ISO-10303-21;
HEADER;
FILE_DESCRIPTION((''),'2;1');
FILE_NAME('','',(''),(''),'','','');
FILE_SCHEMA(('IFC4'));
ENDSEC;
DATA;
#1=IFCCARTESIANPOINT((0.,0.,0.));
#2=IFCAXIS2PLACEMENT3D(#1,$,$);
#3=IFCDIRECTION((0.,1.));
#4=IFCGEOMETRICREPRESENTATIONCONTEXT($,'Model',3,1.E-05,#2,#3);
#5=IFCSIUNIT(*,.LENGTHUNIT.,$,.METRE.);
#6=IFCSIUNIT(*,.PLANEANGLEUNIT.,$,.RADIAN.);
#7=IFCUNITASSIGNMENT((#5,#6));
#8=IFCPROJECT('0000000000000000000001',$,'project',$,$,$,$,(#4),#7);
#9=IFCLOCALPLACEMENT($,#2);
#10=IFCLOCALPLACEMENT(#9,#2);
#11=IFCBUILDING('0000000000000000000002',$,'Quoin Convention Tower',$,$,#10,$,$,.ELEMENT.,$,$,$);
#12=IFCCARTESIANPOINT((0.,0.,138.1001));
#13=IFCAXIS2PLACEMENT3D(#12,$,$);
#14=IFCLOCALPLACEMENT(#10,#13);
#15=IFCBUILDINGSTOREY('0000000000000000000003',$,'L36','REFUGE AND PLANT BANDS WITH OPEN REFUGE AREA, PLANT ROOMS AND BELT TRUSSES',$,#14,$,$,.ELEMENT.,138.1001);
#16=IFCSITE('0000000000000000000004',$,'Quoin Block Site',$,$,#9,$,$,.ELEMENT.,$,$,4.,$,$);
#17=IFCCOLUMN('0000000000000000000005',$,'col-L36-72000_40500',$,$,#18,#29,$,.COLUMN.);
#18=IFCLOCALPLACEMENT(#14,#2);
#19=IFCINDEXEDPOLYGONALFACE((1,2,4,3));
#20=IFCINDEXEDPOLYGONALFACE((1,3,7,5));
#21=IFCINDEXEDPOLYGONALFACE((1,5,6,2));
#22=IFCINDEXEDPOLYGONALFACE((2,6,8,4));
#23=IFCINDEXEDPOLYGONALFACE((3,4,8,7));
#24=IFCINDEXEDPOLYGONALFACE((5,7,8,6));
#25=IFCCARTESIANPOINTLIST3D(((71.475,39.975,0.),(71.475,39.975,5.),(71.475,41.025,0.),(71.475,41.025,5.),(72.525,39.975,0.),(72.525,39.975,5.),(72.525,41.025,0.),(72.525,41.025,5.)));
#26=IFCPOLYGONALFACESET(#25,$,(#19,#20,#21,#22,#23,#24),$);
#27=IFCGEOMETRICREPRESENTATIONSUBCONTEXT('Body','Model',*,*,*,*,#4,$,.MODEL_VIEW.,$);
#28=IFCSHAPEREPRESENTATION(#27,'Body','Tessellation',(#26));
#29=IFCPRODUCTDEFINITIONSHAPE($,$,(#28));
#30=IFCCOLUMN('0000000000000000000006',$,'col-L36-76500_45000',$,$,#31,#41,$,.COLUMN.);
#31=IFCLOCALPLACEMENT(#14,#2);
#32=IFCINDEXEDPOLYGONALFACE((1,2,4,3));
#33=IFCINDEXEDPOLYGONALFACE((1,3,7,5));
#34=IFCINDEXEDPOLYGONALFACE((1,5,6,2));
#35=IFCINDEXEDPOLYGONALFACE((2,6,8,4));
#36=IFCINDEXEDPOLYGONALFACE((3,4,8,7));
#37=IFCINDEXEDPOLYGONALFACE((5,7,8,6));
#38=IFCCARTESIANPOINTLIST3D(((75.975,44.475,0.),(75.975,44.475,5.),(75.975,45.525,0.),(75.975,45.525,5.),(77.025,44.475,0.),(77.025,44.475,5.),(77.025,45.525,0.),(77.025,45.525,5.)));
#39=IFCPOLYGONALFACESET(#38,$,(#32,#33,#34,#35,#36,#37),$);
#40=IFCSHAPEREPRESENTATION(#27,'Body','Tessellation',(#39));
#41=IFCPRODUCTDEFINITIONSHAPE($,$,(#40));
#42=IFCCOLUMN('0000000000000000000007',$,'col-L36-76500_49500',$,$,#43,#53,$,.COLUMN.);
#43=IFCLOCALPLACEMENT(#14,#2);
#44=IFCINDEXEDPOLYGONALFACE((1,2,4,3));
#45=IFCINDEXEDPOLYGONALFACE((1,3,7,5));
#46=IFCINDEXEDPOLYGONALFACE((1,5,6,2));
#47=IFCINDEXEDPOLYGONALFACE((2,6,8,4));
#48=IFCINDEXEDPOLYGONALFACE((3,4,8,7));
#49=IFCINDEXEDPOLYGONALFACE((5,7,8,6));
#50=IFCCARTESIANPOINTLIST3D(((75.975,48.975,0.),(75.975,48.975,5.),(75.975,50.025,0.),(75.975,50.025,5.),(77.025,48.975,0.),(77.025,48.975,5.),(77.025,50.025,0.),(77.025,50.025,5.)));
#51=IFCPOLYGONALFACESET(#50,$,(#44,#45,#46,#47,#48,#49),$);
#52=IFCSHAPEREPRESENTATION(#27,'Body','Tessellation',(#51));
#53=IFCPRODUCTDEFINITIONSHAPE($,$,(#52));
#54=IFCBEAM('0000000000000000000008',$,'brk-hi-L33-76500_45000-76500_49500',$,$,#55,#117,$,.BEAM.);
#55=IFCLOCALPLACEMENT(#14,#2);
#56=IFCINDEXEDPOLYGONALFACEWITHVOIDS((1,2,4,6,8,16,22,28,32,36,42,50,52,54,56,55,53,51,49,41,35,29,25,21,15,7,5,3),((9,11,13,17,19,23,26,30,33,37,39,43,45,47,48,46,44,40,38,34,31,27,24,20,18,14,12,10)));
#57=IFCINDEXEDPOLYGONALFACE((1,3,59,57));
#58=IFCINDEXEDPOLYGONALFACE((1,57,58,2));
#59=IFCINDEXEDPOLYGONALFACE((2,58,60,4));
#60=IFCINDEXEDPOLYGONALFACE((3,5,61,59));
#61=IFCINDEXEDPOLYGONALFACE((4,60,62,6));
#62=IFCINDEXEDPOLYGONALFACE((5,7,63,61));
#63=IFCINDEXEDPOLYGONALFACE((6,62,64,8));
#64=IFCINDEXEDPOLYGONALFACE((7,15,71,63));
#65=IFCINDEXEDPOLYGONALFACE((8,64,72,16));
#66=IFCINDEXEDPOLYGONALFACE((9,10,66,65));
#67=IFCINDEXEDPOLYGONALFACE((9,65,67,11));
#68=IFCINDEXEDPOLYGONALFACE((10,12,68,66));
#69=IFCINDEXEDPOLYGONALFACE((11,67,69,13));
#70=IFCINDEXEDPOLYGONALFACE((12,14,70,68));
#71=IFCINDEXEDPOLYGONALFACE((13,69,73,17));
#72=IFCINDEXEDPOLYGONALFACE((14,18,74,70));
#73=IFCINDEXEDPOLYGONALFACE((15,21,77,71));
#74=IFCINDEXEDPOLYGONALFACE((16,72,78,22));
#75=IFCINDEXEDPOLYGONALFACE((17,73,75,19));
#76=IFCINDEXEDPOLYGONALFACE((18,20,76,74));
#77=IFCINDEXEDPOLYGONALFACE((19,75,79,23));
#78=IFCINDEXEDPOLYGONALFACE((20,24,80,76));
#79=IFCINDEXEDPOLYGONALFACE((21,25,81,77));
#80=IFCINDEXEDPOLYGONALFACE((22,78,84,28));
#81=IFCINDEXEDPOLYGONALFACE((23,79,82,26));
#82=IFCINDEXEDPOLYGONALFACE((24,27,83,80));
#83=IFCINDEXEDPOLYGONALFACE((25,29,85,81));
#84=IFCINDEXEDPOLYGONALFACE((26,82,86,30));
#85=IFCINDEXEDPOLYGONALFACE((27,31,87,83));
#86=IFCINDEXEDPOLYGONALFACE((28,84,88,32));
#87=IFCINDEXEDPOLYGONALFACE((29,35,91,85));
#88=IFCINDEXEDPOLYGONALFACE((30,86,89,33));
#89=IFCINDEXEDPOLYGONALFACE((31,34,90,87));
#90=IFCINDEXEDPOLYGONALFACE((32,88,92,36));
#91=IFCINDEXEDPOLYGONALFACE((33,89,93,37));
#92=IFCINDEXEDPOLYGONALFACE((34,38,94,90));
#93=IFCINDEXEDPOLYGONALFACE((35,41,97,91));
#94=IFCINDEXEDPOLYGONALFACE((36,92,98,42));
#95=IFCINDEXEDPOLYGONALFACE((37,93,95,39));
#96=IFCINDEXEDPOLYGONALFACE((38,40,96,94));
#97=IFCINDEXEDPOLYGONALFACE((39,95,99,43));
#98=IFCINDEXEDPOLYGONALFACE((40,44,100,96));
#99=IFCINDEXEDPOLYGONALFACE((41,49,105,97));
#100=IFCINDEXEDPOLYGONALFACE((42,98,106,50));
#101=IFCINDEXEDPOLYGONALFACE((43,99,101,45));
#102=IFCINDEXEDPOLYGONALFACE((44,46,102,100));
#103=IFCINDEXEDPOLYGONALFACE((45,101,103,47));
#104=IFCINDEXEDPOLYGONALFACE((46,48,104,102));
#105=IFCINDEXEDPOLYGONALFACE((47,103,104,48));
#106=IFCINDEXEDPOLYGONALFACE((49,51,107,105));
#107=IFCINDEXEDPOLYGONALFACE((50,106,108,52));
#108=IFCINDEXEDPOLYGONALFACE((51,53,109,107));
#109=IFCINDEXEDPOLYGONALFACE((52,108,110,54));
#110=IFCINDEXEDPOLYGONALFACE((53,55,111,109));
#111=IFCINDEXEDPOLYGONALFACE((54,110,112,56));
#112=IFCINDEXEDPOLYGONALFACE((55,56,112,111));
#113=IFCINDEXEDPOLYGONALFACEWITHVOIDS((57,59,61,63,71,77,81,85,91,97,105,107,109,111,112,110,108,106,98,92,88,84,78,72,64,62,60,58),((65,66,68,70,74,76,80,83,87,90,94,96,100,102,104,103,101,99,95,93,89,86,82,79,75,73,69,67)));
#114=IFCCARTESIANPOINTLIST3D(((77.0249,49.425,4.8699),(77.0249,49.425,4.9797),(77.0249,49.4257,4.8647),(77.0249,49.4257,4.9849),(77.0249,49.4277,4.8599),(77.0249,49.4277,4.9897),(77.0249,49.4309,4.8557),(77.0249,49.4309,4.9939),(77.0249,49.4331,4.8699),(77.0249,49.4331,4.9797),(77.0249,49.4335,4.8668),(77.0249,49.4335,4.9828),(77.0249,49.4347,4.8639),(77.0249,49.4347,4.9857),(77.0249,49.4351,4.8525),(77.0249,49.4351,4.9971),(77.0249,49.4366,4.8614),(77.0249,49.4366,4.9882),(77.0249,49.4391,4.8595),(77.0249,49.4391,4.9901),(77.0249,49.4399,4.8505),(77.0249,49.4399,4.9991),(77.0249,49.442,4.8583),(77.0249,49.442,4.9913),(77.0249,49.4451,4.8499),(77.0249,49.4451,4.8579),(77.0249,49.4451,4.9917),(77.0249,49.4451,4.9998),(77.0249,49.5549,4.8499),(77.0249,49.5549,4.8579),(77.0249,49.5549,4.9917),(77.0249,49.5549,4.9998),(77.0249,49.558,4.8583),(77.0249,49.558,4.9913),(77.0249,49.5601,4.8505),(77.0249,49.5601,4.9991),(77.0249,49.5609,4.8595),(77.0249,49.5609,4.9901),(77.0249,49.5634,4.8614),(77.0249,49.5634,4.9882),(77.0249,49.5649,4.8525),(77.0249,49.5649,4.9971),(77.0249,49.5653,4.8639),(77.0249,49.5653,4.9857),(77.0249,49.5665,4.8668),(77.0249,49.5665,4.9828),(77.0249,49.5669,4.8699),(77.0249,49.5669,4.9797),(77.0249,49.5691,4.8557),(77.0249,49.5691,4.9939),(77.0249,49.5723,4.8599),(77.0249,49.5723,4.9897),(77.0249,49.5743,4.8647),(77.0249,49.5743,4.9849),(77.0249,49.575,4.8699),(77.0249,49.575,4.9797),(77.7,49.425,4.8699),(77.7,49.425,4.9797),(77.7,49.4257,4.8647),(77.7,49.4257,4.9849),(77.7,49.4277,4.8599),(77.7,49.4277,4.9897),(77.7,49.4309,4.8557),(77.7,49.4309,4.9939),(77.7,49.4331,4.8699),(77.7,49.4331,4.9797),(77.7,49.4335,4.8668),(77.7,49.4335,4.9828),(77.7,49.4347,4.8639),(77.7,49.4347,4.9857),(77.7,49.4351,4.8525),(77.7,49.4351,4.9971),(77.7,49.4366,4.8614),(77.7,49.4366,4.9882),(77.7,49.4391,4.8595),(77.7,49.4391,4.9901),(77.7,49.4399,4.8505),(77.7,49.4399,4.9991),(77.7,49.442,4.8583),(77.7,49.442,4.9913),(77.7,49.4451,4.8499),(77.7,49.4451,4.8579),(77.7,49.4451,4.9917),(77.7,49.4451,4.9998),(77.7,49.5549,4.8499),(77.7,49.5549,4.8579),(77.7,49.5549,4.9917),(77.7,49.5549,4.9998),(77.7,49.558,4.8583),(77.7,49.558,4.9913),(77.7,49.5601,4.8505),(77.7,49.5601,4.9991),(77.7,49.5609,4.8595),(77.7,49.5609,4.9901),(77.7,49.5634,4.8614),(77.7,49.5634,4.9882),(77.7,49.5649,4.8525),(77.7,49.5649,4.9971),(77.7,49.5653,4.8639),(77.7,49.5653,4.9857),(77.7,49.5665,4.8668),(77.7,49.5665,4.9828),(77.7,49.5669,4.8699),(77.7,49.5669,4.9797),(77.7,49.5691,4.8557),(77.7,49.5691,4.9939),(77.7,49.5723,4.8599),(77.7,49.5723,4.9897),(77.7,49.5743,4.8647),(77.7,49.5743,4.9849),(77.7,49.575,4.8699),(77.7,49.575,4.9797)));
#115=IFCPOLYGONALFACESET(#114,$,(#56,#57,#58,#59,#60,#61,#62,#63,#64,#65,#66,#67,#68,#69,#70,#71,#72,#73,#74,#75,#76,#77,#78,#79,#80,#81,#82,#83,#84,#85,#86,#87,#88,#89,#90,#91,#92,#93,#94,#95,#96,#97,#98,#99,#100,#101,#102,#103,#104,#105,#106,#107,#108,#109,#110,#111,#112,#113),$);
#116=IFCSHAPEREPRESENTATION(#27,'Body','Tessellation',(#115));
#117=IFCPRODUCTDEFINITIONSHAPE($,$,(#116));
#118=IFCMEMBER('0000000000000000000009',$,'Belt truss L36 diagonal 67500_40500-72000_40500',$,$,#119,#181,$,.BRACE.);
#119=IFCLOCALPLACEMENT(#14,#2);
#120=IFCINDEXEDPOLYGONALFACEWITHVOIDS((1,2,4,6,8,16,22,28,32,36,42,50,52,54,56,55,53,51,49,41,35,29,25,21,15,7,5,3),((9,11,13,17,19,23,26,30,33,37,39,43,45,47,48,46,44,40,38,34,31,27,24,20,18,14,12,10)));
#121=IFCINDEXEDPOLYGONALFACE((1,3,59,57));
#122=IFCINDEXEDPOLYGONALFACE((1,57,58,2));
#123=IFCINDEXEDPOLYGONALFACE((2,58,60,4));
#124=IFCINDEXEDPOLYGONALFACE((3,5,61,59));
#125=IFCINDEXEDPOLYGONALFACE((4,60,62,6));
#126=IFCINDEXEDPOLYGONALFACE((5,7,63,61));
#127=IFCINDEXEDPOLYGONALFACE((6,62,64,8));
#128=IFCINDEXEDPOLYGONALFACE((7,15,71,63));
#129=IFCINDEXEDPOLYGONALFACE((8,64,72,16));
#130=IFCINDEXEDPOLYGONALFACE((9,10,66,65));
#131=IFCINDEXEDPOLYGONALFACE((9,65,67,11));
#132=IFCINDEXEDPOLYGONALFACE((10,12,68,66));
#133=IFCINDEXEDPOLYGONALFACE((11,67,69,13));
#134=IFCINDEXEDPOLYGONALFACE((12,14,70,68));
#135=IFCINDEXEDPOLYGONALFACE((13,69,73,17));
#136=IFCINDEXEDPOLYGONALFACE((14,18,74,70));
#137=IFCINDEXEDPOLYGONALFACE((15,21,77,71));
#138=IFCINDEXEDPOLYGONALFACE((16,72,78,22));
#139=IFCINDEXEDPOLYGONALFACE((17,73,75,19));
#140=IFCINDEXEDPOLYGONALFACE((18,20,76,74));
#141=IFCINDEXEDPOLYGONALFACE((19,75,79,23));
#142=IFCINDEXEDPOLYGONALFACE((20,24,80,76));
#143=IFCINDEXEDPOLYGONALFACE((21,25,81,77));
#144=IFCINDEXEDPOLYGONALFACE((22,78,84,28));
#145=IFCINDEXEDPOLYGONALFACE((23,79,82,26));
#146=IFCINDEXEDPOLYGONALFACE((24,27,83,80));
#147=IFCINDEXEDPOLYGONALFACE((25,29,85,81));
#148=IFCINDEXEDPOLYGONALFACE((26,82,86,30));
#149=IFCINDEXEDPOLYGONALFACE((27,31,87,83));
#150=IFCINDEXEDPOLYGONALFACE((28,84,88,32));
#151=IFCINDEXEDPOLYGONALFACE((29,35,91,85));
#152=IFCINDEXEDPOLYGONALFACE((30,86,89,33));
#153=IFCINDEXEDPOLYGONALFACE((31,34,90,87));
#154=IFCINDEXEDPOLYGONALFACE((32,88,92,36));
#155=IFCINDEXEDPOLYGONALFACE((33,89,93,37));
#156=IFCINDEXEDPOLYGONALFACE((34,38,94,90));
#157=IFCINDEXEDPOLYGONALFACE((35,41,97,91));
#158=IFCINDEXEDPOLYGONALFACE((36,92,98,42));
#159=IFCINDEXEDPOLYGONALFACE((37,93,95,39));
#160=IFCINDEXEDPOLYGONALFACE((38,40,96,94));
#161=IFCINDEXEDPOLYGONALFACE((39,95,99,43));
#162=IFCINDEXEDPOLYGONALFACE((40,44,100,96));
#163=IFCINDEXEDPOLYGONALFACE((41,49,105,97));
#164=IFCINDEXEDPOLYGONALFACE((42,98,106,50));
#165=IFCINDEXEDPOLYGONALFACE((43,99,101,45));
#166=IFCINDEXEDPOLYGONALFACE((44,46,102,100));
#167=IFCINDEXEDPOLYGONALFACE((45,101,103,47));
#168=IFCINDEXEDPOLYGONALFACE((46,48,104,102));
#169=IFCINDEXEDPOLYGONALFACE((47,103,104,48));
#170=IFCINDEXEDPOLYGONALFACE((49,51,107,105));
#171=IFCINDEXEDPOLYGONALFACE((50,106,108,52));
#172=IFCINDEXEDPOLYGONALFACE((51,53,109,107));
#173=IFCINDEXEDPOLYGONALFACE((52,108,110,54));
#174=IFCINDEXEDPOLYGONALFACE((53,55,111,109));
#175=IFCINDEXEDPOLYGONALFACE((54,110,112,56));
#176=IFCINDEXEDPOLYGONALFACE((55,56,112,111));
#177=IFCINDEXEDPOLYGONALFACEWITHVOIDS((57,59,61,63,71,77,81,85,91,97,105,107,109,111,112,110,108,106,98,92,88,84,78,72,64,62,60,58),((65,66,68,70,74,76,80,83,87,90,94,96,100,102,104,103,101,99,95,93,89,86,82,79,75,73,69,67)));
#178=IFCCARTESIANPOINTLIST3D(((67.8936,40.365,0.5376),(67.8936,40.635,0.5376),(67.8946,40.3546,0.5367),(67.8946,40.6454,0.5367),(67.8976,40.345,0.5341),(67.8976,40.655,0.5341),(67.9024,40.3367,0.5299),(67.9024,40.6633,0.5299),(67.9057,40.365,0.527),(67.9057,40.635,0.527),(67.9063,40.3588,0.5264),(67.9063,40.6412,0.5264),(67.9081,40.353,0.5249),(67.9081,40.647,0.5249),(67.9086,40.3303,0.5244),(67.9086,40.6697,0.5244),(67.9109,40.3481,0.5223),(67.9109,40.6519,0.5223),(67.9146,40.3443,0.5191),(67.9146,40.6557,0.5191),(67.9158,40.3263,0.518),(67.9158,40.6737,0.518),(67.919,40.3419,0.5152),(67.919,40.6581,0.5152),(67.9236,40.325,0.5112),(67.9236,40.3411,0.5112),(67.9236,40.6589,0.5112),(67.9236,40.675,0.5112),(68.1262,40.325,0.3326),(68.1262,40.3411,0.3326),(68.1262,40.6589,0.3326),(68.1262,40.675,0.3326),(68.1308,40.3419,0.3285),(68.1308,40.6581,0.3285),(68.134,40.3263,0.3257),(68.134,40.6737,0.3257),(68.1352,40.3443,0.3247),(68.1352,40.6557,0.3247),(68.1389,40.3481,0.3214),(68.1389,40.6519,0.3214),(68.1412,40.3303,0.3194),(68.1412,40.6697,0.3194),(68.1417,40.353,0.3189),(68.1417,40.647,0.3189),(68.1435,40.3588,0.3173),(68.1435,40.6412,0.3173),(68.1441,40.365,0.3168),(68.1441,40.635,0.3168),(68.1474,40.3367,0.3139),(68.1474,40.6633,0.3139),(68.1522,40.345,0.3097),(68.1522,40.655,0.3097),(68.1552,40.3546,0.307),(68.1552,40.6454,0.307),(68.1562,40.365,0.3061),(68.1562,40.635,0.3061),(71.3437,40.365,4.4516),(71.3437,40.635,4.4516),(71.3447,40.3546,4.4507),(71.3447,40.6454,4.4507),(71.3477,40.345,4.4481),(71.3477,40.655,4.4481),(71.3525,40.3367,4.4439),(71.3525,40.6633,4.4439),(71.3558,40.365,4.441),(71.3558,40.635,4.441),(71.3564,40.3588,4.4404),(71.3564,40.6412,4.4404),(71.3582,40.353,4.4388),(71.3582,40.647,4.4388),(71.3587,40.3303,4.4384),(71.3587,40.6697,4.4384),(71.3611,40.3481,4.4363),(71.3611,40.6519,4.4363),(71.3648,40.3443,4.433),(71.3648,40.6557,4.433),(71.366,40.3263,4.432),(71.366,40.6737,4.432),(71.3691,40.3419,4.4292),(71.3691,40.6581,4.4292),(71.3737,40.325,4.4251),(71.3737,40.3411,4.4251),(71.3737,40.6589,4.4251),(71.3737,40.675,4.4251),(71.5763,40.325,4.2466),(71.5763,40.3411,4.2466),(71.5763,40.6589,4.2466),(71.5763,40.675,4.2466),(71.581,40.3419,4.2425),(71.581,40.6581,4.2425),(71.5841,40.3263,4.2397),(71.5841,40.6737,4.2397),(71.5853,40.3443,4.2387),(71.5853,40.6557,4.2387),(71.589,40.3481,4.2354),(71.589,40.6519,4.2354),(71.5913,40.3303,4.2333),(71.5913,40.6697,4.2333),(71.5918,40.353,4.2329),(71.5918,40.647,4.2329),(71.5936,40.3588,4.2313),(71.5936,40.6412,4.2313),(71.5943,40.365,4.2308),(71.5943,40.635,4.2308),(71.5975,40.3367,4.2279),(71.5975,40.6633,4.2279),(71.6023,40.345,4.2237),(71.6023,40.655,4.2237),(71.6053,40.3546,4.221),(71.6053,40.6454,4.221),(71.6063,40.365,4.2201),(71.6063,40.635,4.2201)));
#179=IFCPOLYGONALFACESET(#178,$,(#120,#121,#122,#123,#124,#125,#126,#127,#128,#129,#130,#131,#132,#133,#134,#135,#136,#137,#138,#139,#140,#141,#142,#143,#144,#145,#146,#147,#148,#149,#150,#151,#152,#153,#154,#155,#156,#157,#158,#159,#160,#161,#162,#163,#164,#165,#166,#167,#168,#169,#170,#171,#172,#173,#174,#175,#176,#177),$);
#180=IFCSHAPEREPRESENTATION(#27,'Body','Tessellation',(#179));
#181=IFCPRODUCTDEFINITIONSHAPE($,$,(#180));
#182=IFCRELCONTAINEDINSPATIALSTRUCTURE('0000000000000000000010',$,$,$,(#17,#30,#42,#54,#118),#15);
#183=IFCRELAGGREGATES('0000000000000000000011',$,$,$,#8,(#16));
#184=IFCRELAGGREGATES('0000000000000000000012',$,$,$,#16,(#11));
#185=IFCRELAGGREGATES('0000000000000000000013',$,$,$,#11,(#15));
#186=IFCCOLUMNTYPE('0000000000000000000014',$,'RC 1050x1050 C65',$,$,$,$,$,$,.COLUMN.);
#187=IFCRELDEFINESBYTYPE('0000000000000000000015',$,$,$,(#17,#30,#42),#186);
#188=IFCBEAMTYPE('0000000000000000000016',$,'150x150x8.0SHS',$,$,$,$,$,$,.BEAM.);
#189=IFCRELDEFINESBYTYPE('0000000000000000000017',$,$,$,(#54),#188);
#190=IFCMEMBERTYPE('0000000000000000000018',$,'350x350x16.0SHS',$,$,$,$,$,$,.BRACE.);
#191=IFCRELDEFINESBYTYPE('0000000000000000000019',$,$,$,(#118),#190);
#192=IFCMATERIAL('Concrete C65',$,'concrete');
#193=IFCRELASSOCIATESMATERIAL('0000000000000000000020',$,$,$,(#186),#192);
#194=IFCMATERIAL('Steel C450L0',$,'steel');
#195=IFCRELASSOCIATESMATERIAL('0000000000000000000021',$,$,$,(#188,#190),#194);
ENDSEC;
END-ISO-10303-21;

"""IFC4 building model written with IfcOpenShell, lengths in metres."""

from ifc_helpers import new_model, si_unit, direction, frame, origin, origin_2d, place, context, subcontext, project, spatial, rectangle, hollow_rectangle, extrude, material, material_profile, profile_set, type_object, element, save


model = new_model("IFC4")

# Units and contexts
model_context = context("Model", 3, precision=1e-05, world=origin(), true_north=direction((0.0, 1.0)))
body_context = subcontext(model_context, "Body", "Model", "MODEL_VIEW")
ifc_project = project(units=[si_unit("LENGTHUNIT", "METRE"), si_unit("PLANEANGLEUNIT", "RADIAN")], contexts=[model_context])

# Site, building, storey
site_placement = place(None, origin())
site = spatial("IfcSite", under=ifc_project, at=site_placement, Name="Quoin Block Site", CompositionType="ELEMENT", RefElevation=4.0)
building_placement = place(site_placement, origin())
building = spatial("IfcBuilding", under=site, at=building_placement, Name="Quoin Convention Tower", CompositionType="ELEMENT")
storey_placement = place(building_placement, frame((0.0, 0.0, 138.1001)))
storey = spatial("IfcBuildingStorey", under=building, at=storey_placement, Name="L36", Description="REFUGE AND PLANT BANDS WITH OPEN REFUGE AREA, PLANT ROOMS AND BELT TRUSSES", CompositionType="ELEMENT", Elevation=138.1001)

# Columns
ifc_material_1 = material(Name="Concrete C65", Category="concrete")
ifc_material_profile_1 = material_profile(ifc_material_1, rectangle(XDim=1.05, YDim=1.05, at=origin_2d()), Name="RC 1050x1050")
ifc_profile_set_1 = profile_set([ifc_material_profile_1], Name="Concrete C65")
column_type = type_object("IfcColumnType", Name="RC 1050x1050 C65", PredefinedType="COLUMN", material=ifc_profile_set_1)
for number, where, z_axis, x_axis, name in (
    (1, (72.0, 40.5, 0.0), (0.0, 0.0, 1.0), (1.0, 0.0, 0.0), "col-L36-72000_40500"),
    (2, (76.5, 45.0, 0.0), (0.0, 0.0, 1.0), (1.0, 0.0, 0.0), "col-L36-76500_45000"),
    (3, (76.5, 49.5, 0.0), (0.0, 0.0, 1.0), (1.0, 0.0, 0.0), "col-L36-76500_49500"),
):
    element("IfcColumn", number, at=place(storey_placement, frame(where, z_axis=z_axis, x_axis=x_axis)), inside=storey, type_object=column_type, Name=name, PredefinedType="COLUMN", context=body_context, shape_type="SweptSolid", body=[
        extrude(rectangle(XDim=1.05, YDim=1.05, at=origin_2d()), origin(), (0.0, 0.0, 1.0), 5.0),
    ])

# Beam
ifc_material_2 = material(Name="Steel C450L0", Category="steel")
ifc_material_profile_2 = material_profile(ifc_material_2, hollow_rectangle(XDim=0.1499, YDim=0.1499, WallThickness=0.0081, InnerFilletRadius=0.012, OuterFilletRadius=0.02, at=origin_2d()), Name="150x150x8.0SHS")
ifc_profile_set_2 = profile_set([ifc_material_profile_2], Name="Steel C450L0")
beam_type_1 = type_object("IfcBeamType", Name="150x150x8.0SHS", PredefinedType="BEAM", material=ifc_profile_set_2)
beam_1_placement = place(storey_placement, frame((77.0249, 49.5, 4.9248), z_axis=(1.0, 0.0, 0.0), x_axis=(0.0, 1.0, 0.0)))
element("IfcBeam", 4, at=beam_1_placement, inside=storey, type_object=beam_type_1, Name="brk-hi-L33-76500_45000-76500_49500", PredefinedType="BEAM", context=body_context, shape_type="SweptSolid", body=[
    extrude(hollow_rectangle(XDim=0.1499, YDim=0.1499, WallThickness=0.0081, InnerFilletRadius=0.012, OuterFilletRadius=0.02, at=origin_2d()), origin(), (0.0, 0.0, 1.0), 0.675),
])

# Member
ifc_material_profile_3 = material_profile(ifc_material_2, hollow_rectangle(XDim=0.3501, YDim=0.3501, WallThickness=0.0161, InnerFilletRadius=0.0239, OuterFilletRadius=0.04, at=origin_2d()), Name="350x350x16.0SHS")
ifc_profile_set_3 = profile_set([ifc_material_profile_3], Name="Steel C450L0")
member_type_1 = type_object("IfcMemberType", Name="350x350x16.0SHS", PredefinedType="BRACE", material=ifc_profile_set_3)
member_1_placement = place(storey_placement, frame((68.0249, 40.5, 0.4219), z_axis=(0.661256, 0.0, 0.75016), x_axis=(0.0, 1.0, 0.0)))
element("IfcMember", 5, at=member_1_placement, inside=storey, type_object=member_type_1, Name="Belt truss L36 diagonal 67500_40500-72000_40500", PredefinedType="BRACE", context=body_context, shape_type="SweptSolid", body=[
    extrude(hollow_rectangle(XDim=0.3501, YDim=0.3501, WallThickness=0.0161, InnerFilletRadius=0.0239, OuterFilletRadius=0.04, at=origin_2d()), origin(), (0.0, 0.0, 1.0), 5.2175),
])

save(model, "model.ifc")
